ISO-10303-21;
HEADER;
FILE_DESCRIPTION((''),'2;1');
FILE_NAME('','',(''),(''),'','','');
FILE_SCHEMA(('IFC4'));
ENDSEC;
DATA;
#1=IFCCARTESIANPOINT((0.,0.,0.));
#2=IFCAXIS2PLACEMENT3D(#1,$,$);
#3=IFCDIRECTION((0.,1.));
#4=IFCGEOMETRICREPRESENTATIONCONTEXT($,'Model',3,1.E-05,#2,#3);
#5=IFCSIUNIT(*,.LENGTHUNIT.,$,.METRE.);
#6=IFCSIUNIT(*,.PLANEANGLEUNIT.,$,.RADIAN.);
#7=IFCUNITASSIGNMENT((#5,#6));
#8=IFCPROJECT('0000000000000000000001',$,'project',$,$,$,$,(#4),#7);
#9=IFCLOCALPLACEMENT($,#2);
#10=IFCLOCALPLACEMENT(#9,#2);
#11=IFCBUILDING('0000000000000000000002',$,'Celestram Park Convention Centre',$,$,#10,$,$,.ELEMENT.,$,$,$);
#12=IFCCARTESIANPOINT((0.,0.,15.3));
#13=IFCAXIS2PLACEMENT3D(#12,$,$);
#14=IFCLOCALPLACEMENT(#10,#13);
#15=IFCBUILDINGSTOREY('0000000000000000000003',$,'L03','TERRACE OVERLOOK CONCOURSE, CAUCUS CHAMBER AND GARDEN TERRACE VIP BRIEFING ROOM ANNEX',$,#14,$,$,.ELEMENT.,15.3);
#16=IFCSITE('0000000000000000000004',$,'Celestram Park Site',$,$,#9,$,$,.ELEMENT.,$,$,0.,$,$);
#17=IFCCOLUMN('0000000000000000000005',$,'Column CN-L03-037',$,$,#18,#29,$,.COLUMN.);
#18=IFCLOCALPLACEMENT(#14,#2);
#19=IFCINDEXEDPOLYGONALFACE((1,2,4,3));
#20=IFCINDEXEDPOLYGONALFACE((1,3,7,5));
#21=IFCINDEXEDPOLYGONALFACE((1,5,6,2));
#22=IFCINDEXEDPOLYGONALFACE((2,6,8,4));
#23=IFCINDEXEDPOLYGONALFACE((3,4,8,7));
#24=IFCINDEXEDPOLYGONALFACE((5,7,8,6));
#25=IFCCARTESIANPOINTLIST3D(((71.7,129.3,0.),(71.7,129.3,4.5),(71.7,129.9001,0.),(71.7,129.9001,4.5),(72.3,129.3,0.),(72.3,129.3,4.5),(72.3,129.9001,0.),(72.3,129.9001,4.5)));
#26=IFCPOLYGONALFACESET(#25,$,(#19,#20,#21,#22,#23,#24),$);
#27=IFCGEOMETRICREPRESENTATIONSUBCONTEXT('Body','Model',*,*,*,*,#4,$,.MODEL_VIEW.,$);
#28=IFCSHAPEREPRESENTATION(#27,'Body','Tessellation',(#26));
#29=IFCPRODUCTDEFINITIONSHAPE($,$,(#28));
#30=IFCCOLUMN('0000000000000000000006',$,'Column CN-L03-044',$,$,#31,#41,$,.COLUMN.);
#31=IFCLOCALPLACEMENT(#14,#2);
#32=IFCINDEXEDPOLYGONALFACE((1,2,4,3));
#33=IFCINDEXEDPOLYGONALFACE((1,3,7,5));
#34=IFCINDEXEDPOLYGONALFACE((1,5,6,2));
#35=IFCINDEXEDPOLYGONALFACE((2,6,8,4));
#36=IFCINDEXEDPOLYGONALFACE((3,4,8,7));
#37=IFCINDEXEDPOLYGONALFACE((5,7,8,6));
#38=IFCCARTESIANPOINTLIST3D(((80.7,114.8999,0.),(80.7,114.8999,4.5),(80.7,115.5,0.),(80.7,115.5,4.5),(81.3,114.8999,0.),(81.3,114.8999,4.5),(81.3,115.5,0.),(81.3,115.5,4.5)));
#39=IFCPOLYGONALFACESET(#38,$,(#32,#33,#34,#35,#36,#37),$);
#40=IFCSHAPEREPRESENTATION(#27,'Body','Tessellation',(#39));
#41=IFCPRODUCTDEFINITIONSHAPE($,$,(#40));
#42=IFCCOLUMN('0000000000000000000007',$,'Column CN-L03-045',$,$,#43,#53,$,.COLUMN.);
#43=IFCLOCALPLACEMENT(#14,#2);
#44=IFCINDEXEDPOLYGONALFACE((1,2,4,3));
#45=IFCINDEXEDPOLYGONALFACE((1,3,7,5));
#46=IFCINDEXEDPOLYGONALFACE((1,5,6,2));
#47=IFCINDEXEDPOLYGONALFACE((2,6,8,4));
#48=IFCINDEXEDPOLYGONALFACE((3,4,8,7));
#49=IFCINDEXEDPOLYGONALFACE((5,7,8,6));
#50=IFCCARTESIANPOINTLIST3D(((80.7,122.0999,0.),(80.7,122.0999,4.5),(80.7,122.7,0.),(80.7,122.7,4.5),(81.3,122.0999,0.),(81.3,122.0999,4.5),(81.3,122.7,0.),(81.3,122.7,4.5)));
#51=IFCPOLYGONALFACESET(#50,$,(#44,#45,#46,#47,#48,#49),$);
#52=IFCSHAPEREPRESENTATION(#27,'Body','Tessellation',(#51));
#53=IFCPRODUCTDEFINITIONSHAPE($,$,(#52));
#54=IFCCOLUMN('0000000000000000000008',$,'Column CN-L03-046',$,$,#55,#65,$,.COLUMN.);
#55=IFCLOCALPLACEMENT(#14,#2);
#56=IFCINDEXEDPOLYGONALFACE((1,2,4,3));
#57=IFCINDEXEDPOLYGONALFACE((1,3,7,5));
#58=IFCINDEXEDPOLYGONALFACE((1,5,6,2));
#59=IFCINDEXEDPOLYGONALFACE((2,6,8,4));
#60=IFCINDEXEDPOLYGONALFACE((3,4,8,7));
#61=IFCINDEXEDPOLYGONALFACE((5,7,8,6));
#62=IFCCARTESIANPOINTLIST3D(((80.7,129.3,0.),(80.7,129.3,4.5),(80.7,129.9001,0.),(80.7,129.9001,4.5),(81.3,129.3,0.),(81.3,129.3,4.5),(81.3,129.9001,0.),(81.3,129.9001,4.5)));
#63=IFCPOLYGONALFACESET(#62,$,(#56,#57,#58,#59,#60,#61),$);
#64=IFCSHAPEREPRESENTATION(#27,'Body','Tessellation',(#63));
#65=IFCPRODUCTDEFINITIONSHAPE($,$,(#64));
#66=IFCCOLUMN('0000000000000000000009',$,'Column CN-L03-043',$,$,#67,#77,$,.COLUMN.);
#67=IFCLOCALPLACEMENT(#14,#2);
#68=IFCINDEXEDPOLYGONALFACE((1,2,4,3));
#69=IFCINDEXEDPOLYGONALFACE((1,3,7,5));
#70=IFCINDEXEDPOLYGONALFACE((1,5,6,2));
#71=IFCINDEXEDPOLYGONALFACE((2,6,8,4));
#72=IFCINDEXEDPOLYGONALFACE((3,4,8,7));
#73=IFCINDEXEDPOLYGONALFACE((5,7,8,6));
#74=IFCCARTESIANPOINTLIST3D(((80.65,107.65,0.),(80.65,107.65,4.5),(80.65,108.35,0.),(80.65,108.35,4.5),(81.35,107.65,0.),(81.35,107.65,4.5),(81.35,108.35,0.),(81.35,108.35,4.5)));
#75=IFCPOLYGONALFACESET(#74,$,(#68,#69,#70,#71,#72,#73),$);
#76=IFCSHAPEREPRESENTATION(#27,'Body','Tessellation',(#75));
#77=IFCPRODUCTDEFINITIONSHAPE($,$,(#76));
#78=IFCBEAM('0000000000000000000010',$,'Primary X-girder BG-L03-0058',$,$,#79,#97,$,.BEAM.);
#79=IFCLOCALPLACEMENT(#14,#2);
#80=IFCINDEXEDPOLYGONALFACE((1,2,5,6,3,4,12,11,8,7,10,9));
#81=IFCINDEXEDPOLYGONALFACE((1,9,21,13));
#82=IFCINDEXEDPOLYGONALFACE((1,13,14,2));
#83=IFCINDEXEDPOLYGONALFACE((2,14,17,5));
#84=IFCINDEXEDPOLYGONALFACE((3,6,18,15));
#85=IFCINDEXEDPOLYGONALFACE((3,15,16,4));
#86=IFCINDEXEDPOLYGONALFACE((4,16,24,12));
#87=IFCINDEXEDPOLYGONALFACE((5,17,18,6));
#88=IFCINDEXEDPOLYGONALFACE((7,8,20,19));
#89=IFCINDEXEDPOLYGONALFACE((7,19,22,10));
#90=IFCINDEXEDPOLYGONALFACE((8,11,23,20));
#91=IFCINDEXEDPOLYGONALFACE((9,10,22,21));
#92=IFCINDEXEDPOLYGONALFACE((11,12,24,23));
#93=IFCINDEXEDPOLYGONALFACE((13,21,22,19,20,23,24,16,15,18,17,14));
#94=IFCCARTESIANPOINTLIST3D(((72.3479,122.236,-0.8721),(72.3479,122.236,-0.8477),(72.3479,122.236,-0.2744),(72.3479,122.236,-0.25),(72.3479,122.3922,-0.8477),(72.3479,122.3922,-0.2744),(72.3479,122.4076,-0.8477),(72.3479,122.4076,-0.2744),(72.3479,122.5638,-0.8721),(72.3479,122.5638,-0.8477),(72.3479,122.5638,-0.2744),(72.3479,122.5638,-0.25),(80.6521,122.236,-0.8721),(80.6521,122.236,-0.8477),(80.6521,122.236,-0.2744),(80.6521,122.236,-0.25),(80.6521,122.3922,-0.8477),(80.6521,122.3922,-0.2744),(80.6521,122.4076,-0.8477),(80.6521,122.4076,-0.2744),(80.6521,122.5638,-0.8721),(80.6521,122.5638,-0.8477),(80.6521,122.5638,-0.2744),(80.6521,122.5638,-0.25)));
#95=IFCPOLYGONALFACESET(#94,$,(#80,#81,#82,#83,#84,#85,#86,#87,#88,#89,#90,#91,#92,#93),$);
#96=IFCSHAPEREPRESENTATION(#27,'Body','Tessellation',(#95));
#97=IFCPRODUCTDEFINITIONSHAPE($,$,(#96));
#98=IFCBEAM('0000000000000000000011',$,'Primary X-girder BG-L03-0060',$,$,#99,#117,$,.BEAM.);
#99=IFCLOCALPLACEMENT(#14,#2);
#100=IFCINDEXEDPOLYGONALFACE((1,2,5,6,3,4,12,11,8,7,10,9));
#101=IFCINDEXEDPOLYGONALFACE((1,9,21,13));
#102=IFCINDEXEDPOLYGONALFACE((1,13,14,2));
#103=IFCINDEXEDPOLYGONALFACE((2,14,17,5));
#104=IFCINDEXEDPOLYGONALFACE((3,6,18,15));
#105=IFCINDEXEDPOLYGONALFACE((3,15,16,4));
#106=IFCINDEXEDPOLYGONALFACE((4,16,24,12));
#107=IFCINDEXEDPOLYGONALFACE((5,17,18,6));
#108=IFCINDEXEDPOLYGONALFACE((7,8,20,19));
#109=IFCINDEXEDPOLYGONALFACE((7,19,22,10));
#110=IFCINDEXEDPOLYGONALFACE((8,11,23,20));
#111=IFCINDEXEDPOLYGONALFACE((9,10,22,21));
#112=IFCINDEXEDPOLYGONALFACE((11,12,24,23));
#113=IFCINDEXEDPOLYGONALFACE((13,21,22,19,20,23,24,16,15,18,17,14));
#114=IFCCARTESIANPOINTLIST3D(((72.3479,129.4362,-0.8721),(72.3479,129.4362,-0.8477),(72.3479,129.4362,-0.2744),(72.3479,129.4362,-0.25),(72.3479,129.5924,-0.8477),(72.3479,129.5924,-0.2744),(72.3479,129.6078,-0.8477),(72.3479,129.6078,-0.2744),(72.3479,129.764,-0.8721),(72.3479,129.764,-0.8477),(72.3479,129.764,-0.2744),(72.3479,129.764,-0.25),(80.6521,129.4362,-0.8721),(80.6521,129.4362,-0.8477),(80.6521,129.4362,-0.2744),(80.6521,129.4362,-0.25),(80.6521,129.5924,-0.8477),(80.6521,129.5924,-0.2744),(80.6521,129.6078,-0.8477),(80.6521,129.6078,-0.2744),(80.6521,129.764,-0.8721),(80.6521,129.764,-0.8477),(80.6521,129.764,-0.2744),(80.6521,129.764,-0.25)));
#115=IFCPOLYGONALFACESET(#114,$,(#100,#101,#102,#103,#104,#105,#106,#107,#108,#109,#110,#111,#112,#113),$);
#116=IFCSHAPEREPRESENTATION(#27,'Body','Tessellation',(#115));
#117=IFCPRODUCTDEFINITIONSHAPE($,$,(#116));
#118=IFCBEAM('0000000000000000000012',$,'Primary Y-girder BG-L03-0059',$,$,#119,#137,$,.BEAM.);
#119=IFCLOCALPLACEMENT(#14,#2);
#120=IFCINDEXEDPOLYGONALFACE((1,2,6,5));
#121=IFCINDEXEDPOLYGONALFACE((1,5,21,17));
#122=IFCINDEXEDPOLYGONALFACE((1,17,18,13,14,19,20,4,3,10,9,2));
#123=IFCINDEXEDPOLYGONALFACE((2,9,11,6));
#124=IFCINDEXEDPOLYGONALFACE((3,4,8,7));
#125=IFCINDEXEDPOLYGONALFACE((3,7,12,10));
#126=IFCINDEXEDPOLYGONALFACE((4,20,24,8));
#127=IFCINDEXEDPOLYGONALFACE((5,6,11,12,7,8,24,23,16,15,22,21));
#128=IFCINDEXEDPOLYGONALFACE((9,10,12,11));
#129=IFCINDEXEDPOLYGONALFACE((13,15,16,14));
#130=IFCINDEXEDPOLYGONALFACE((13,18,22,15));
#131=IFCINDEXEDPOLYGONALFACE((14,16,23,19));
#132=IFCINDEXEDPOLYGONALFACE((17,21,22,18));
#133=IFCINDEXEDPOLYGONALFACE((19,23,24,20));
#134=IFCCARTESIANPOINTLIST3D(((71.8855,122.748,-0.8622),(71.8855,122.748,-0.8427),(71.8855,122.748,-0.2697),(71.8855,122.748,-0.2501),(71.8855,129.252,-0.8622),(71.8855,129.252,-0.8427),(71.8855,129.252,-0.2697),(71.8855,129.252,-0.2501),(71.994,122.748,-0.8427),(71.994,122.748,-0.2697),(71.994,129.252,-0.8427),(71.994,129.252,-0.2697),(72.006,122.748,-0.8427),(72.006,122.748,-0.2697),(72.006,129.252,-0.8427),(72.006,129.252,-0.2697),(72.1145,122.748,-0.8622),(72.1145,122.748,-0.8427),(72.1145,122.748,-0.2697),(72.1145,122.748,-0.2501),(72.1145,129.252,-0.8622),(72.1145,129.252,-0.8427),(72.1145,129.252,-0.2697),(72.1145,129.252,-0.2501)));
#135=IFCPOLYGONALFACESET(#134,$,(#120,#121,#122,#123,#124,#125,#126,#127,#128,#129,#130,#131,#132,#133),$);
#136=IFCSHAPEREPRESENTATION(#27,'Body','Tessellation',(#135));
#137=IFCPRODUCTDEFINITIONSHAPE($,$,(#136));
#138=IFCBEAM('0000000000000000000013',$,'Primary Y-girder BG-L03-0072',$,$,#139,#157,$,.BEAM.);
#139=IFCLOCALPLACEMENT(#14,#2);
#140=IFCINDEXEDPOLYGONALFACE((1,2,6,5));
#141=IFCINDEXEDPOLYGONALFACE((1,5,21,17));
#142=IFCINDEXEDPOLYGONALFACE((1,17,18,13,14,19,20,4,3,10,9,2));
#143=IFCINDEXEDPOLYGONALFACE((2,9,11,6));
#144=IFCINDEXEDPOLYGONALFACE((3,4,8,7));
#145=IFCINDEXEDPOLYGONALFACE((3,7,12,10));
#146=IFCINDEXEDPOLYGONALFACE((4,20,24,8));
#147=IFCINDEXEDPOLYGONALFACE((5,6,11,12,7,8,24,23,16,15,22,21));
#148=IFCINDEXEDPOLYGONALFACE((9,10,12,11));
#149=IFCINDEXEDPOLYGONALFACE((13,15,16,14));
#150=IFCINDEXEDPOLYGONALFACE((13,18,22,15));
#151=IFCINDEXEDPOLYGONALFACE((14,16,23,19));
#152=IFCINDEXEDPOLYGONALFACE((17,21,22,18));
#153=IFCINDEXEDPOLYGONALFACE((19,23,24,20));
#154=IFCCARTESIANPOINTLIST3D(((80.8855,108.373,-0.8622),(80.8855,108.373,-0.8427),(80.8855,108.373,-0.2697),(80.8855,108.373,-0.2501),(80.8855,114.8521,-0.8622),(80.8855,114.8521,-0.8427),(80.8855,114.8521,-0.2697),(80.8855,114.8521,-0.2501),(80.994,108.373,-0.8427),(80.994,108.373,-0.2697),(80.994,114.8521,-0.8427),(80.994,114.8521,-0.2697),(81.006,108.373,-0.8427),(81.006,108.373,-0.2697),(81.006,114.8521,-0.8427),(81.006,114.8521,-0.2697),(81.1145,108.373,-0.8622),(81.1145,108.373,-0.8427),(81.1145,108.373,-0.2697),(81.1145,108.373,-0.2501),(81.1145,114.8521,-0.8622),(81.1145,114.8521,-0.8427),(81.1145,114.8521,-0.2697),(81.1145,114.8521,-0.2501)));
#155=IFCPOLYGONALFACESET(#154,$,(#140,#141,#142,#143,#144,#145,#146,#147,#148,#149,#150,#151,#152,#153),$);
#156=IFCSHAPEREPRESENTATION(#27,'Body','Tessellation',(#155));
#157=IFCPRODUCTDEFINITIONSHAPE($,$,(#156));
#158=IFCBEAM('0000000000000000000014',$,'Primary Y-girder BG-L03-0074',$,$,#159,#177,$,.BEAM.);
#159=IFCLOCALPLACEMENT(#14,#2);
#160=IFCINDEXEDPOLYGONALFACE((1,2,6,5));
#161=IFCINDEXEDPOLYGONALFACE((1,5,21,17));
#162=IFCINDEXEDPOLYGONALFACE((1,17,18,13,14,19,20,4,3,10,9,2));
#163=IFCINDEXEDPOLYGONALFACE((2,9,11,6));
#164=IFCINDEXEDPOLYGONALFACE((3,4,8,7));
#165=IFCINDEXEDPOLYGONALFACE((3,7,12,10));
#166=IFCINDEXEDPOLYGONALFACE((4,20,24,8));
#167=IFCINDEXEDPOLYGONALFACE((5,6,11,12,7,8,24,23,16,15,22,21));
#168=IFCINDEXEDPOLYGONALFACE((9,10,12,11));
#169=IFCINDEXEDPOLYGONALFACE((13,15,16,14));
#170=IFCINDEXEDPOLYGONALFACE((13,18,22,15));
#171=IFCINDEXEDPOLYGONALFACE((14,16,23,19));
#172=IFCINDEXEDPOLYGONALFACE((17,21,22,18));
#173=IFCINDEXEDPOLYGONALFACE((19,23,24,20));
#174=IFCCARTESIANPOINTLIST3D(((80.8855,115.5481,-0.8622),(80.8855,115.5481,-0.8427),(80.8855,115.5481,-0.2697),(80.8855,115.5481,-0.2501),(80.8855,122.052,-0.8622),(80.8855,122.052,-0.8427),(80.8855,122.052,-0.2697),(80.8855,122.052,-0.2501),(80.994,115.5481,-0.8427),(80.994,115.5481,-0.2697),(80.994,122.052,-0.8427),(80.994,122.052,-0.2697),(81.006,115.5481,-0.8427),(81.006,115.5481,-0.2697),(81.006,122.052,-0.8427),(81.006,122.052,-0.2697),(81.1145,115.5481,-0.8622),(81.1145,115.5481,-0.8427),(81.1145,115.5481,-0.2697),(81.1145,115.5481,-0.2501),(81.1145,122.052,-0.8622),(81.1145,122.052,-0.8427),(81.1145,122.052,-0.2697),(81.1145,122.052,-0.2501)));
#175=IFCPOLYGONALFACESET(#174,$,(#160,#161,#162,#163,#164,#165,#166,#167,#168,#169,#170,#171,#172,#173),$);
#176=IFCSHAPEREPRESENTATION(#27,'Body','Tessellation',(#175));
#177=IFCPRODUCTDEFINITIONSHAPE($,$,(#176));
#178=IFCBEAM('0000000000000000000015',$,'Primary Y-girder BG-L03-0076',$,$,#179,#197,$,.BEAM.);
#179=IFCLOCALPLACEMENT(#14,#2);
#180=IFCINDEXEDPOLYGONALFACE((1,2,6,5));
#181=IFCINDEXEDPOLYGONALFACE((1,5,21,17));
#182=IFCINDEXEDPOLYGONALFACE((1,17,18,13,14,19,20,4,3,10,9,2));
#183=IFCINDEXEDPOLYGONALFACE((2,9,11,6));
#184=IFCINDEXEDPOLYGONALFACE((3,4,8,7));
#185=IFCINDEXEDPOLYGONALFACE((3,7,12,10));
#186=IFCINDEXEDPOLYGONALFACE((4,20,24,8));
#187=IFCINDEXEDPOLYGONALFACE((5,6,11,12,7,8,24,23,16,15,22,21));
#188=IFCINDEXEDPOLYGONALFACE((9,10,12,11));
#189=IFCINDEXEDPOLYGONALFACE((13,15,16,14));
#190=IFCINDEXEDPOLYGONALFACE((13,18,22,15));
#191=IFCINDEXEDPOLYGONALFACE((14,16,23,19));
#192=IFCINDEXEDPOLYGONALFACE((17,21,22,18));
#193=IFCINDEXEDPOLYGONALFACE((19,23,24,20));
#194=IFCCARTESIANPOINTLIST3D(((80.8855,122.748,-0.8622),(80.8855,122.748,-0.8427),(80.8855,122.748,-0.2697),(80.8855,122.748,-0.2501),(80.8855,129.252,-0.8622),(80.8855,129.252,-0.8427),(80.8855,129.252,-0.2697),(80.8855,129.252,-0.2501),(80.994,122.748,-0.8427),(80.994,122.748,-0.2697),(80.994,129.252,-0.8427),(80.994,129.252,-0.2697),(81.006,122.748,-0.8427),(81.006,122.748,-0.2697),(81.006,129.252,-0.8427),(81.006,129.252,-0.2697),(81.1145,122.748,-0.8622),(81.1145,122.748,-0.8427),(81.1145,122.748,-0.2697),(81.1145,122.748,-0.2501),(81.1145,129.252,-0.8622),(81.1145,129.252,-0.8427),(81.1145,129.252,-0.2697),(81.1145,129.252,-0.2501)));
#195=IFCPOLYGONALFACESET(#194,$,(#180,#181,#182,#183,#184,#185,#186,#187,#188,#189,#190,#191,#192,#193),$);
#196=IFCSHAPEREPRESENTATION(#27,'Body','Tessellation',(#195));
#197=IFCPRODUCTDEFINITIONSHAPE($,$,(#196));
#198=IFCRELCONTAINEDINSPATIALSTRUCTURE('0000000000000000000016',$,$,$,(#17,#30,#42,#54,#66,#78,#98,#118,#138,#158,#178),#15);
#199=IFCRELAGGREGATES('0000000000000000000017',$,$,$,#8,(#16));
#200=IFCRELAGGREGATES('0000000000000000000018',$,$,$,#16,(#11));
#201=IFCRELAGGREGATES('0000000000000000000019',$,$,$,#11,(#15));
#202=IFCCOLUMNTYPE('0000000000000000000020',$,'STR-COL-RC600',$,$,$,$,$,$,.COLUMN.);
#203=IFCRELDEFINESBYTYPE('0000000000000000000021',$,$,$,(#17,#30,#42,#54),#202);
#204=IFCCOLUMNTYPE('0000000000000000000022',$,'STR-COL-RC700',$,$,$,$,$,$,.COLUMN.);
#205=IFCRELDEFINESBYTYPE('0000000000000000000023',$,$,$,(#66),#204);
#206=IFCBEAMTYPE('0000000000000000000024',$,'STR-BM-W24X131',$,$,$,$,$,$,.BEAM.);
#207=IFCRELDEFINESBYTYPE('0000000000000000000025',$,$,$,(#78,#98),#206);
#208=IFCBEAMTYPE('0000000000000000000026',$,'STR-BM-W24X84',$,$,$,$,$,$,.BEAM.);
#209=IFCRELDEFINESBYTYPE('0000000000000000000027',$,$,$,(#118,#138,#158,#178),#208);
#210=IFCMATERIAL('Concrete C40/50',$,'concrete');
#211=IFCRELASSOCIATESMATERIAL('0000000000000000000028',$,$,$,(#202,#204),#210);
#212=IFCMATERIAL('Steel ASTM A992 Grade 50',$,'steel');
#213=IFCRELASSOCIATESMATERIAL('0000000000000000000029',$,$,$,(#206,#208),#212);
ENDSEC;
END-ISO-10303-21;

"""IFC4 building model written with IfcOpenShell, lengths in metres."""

from ifc_helpers import new_model, si_unit, direction, frame, origin, origin_2d, place, context, subcontext, project, spatial, rectangle, i_section, extrude, material, material_profile, profile_set, type_object, element, save


model = new_model("IFC4")

# Units and contexts
model_context = context("Model", 3, precision=1e-05, world=origin(), true_north=direction((0.0, 1.0)))
body_context = subcontext(model_context, "Body", "Model", "MODEL_VIEW")
ifc_project = project(units=[si_unit("LENGTHUNIT", "METRE"), si_unit("PLANEANGLEUNIT", "RADIAN")], contexts=[model_context])

# Site, building, storey
site_placement = place(None, origin())
site = spatial("IfcSite", under=ifc_project, at=site_placement, Name="Celestram Park Site", CompositionType="ELEMENT", RefElevation=0.0)
building_placement = place(site_placement, origin())
building = spatial("IfcBuilding", under=site, at=building_placement, Name="Celestram Park Convention Centre", CompositionType="ELEMENT")
storey_placement = place(building_placement, frame((0.0, 0.0, 15.3)))
storey = spatial("IfcBuildingStorey", under=building, at=storey_placement, Name="L03", Description="TERRACE OVERLOOK CONCOURSE, CAUCUS CHAMBER AND GARDEN TERRACE VIP BRIEFING ROOM ANNEX", CompositionType="ELEMENT", Elevation=15.3)

# Columns
ifc_material_1 = material(Name="Concrete C40/50", Category="concrete")
ifc_material_profile_1 = material_profile(ifc_material_1, rectangle(XDim=0.6001, YDim=0.6001, at=origin_2d()), Name="RC600X600")
ifc_profile_set_1 = profile_set([ifc_material_profile_1], Name="Concrete C40/50")
column_type_1 = type_object("IfcColumnType", Name="STR-COL-RC600", PredefinedType="COLUMN", material=ifc_profile_set_1)
for number, where, z_axis, x_axis, name in (
    (1, (72.0, 129.6001, 0.0), (0.0, 0.0, 1.0), (1.0, 0.0, 0.0), "Column CN-L03-037"),
    (2, (81.0, 115.2, 0.0), (0.0, 0.0, 1.0), (1.0, 0.0, 0.0), "Column CN-L03-044"),
    (3, (81.0, 122.3999, 0.0), (0.0, 0.0, 1.0), (1.0, 0.0, 0.0), "Column CN-L03-045"),
    (4, (81.0, 129.6001, 0.0), (0.0, 0.0, 1.0), (1.0, 0.0, 0.0), "Column CN-L03-046"),
):
    element("IfcColumn", number, at=place(storey_placement, frame(where, z_axis=z_axis, x_axis=x_axis)), inside=storey, type_object=column_type_1, Name=name, PredefinedType="COLUMN", context=body_context, shape_type="SweptSolid", body=[
        extrude(rectangle(XDim=0.6001, YDim=0.6001, at=origin_2d()), origin(), (0.0, 0.0, 1.0), 4.5),
    ])
ifc_material_profile_2 = material_profile(ifc_material_1, rectangle(XDim=0.7, YDim=0.7, at=origin_2d()), Name="RC700X700")
ifc_profile_set_2 = profile_set([ifc_material_profile_2], Name="Concrete C40/50")
column_type_2 = type_object("IfcColumnType", Name="STR-COL-RC700", PredefinedType="COLUMN", material=ifc_profile_set_2)
column_placement = place(storey_placement, frame((81.0, 108.0, 0.0), z_axis=(0.0, 0.0, 1.0), x_axis=(1.0, 0.0, 0.0)))
element("IfcColumn", 5, at=column_placement, inside=storey, type_object=column_type_2, Name="Column CN-L03-043", PredefinedType="COLUMN", context=body_context, shape_type="SweptSolid", body=[
    extrude(rectangle(XDim=0.7, YDim=0.7, at=origin_2d()), origin(), (0.0, 0.0, 1.0), 4.5),
])

# Beams
ifc_material_2 = material(Name="Steel ASTM A992 Grade 50", Category="steel")
ifc_material_profile_3 = material_profile(ifc_material_2, i_section(OverallWidth=0.3279, OverallDepth=0.6221, WebThickness=0.0154, FlangeThickness=0.0244, at=origin_2d()), Name="W24X131")
ifc_profile_set_3 = profile_set([ifc_material_profile_3], Name="Steel ASTM A992 Grade 50")
beam_type_1 = type_object("IfcBeamType", Name="STR-BM-W24X131", PredefinedType="BEAM", material=ifc_profile_set_3)
for number, where, z_axis, x_axis, name in (
    (6, (72.3479, 122.3999, -0.561), (1.0, 0.0, 0.0), (0.0, 1.0, 0.0), "Primary X-girder BG-L03-0058"),
    (7, (72.3479, 129.6001, -0.561), (1.0, 0.0, 0.0), (0.0, 1.0, 0.0), "Primary X-girder BG-L03-0060"),
):
    element("IfcBeam", number, at=place(storey_placement, frame(where, z_axis=z_axis, x_axis=x_axis)), inside=storey, type_object=beam_type_1, Name=name, PredefinedType="BEAM", context=body_context, shape_type="SweptSolid", body=[
        extrude(i_section(OverallWidth=0.3279, OverallDepth=0.6221, WebThickness=0.0154, FlangeThickness=0.0244, at=origin_2d()), origin(), (0.0, 0.0, 1.0), 8.3042),
    ])
ifc_material_profile_4 = material_profile(ifc_material_2, i_section(OverallWidth=0.229, OverallDepth=0.6121, WebThickness=0.012, FlangeThickness=0.0195, at=origin_2d()), Name="W24X84")
ifc_profile_set_4 = profile_set([ifc_material_profile_4], Name="Steel ASTM A992 Grade 50")
beam_type_2 = type_object("IfcBeamType", Name="STR-BM-W24X84", PredefinedType="BEAM", material=ifc_profile_set_4)
beam_1_placement = place(storey_placement, frame((72.0, 122.748, -0.5562), z_axis=(0.0, 1.0, 0.0), x_axis=(-1.0, 0.0, 0.0)))
element("IfcBeam", 8, at=beam_1_placement, inside=storey, type_object=beam_type_2, Name="Primary Y-girder BG-L03-0059", PredefinedType="BEAM", context=body_context, shape_type="SweptSolid", body=[
    extrude(i_section(OverallWidth=0.229, OverallDepth=0.6121, WebThickness=0.012, FlangeThickness=0.0195, at=origin_2d()), origin(), (0.0, 0.0, 1.0), 6.5039),
])
beam_2_placement = place(storey_placement, frame((81.0, 108.373, -0.5562), z_axis=(0.0, 1.0, 0.0), x_axis=(-1.0, 0.0, 0.0)))
element("IfcBeam", 9, at=beam_2_placement, inside=storey, type_object=beam_type_2, Name="Primary Y-girder BG-L03-0072", PredefinedType="BEAM", context=body_context, shape_type="SweptSolid", body=[
    extrude(i_section(OverallWidth=0.229, OverallDepth=0.6121, WebThickness=0.012, FlangeThickness=0.0195, at=origin_2d()), origin(), (0.0, 0.0, 1.0), 6.479),
])
for number, where, z_axis, x_axis, name in (
    (10, (81.0, 115.5481, -0.5562), (0.0, 1.0, 0.0), (-1.0, 0.0, 0.0), "Primary Y-girder BG-L03-0074"),
    (11, (81.0, 122.748, -0.5562), (0.0, 1.0, 0.0), (-1.0, 0.0, 0.0), "Primary Y-girder BG-L03-0076"),
):
    element("IfcBeam", number, at=place(storey_placement, frame(where, z_axis=z_axis, x_axis=x_axis)), inside=storey, type_object=beam_type_2, Name=name, PredefinedType="BEAM", context=body_context, shape_type="SweptSolid", body=[
        extrude(i_section(OverallWidth=0.229, OverallDepth=0.6121, WebThickness=0.012, FlangeThickness=0.0195, at=origin_2d()), origin(), (0.0, 0.0, 1.0), 6.5039),
    ])

save(model, "model.ifc")
